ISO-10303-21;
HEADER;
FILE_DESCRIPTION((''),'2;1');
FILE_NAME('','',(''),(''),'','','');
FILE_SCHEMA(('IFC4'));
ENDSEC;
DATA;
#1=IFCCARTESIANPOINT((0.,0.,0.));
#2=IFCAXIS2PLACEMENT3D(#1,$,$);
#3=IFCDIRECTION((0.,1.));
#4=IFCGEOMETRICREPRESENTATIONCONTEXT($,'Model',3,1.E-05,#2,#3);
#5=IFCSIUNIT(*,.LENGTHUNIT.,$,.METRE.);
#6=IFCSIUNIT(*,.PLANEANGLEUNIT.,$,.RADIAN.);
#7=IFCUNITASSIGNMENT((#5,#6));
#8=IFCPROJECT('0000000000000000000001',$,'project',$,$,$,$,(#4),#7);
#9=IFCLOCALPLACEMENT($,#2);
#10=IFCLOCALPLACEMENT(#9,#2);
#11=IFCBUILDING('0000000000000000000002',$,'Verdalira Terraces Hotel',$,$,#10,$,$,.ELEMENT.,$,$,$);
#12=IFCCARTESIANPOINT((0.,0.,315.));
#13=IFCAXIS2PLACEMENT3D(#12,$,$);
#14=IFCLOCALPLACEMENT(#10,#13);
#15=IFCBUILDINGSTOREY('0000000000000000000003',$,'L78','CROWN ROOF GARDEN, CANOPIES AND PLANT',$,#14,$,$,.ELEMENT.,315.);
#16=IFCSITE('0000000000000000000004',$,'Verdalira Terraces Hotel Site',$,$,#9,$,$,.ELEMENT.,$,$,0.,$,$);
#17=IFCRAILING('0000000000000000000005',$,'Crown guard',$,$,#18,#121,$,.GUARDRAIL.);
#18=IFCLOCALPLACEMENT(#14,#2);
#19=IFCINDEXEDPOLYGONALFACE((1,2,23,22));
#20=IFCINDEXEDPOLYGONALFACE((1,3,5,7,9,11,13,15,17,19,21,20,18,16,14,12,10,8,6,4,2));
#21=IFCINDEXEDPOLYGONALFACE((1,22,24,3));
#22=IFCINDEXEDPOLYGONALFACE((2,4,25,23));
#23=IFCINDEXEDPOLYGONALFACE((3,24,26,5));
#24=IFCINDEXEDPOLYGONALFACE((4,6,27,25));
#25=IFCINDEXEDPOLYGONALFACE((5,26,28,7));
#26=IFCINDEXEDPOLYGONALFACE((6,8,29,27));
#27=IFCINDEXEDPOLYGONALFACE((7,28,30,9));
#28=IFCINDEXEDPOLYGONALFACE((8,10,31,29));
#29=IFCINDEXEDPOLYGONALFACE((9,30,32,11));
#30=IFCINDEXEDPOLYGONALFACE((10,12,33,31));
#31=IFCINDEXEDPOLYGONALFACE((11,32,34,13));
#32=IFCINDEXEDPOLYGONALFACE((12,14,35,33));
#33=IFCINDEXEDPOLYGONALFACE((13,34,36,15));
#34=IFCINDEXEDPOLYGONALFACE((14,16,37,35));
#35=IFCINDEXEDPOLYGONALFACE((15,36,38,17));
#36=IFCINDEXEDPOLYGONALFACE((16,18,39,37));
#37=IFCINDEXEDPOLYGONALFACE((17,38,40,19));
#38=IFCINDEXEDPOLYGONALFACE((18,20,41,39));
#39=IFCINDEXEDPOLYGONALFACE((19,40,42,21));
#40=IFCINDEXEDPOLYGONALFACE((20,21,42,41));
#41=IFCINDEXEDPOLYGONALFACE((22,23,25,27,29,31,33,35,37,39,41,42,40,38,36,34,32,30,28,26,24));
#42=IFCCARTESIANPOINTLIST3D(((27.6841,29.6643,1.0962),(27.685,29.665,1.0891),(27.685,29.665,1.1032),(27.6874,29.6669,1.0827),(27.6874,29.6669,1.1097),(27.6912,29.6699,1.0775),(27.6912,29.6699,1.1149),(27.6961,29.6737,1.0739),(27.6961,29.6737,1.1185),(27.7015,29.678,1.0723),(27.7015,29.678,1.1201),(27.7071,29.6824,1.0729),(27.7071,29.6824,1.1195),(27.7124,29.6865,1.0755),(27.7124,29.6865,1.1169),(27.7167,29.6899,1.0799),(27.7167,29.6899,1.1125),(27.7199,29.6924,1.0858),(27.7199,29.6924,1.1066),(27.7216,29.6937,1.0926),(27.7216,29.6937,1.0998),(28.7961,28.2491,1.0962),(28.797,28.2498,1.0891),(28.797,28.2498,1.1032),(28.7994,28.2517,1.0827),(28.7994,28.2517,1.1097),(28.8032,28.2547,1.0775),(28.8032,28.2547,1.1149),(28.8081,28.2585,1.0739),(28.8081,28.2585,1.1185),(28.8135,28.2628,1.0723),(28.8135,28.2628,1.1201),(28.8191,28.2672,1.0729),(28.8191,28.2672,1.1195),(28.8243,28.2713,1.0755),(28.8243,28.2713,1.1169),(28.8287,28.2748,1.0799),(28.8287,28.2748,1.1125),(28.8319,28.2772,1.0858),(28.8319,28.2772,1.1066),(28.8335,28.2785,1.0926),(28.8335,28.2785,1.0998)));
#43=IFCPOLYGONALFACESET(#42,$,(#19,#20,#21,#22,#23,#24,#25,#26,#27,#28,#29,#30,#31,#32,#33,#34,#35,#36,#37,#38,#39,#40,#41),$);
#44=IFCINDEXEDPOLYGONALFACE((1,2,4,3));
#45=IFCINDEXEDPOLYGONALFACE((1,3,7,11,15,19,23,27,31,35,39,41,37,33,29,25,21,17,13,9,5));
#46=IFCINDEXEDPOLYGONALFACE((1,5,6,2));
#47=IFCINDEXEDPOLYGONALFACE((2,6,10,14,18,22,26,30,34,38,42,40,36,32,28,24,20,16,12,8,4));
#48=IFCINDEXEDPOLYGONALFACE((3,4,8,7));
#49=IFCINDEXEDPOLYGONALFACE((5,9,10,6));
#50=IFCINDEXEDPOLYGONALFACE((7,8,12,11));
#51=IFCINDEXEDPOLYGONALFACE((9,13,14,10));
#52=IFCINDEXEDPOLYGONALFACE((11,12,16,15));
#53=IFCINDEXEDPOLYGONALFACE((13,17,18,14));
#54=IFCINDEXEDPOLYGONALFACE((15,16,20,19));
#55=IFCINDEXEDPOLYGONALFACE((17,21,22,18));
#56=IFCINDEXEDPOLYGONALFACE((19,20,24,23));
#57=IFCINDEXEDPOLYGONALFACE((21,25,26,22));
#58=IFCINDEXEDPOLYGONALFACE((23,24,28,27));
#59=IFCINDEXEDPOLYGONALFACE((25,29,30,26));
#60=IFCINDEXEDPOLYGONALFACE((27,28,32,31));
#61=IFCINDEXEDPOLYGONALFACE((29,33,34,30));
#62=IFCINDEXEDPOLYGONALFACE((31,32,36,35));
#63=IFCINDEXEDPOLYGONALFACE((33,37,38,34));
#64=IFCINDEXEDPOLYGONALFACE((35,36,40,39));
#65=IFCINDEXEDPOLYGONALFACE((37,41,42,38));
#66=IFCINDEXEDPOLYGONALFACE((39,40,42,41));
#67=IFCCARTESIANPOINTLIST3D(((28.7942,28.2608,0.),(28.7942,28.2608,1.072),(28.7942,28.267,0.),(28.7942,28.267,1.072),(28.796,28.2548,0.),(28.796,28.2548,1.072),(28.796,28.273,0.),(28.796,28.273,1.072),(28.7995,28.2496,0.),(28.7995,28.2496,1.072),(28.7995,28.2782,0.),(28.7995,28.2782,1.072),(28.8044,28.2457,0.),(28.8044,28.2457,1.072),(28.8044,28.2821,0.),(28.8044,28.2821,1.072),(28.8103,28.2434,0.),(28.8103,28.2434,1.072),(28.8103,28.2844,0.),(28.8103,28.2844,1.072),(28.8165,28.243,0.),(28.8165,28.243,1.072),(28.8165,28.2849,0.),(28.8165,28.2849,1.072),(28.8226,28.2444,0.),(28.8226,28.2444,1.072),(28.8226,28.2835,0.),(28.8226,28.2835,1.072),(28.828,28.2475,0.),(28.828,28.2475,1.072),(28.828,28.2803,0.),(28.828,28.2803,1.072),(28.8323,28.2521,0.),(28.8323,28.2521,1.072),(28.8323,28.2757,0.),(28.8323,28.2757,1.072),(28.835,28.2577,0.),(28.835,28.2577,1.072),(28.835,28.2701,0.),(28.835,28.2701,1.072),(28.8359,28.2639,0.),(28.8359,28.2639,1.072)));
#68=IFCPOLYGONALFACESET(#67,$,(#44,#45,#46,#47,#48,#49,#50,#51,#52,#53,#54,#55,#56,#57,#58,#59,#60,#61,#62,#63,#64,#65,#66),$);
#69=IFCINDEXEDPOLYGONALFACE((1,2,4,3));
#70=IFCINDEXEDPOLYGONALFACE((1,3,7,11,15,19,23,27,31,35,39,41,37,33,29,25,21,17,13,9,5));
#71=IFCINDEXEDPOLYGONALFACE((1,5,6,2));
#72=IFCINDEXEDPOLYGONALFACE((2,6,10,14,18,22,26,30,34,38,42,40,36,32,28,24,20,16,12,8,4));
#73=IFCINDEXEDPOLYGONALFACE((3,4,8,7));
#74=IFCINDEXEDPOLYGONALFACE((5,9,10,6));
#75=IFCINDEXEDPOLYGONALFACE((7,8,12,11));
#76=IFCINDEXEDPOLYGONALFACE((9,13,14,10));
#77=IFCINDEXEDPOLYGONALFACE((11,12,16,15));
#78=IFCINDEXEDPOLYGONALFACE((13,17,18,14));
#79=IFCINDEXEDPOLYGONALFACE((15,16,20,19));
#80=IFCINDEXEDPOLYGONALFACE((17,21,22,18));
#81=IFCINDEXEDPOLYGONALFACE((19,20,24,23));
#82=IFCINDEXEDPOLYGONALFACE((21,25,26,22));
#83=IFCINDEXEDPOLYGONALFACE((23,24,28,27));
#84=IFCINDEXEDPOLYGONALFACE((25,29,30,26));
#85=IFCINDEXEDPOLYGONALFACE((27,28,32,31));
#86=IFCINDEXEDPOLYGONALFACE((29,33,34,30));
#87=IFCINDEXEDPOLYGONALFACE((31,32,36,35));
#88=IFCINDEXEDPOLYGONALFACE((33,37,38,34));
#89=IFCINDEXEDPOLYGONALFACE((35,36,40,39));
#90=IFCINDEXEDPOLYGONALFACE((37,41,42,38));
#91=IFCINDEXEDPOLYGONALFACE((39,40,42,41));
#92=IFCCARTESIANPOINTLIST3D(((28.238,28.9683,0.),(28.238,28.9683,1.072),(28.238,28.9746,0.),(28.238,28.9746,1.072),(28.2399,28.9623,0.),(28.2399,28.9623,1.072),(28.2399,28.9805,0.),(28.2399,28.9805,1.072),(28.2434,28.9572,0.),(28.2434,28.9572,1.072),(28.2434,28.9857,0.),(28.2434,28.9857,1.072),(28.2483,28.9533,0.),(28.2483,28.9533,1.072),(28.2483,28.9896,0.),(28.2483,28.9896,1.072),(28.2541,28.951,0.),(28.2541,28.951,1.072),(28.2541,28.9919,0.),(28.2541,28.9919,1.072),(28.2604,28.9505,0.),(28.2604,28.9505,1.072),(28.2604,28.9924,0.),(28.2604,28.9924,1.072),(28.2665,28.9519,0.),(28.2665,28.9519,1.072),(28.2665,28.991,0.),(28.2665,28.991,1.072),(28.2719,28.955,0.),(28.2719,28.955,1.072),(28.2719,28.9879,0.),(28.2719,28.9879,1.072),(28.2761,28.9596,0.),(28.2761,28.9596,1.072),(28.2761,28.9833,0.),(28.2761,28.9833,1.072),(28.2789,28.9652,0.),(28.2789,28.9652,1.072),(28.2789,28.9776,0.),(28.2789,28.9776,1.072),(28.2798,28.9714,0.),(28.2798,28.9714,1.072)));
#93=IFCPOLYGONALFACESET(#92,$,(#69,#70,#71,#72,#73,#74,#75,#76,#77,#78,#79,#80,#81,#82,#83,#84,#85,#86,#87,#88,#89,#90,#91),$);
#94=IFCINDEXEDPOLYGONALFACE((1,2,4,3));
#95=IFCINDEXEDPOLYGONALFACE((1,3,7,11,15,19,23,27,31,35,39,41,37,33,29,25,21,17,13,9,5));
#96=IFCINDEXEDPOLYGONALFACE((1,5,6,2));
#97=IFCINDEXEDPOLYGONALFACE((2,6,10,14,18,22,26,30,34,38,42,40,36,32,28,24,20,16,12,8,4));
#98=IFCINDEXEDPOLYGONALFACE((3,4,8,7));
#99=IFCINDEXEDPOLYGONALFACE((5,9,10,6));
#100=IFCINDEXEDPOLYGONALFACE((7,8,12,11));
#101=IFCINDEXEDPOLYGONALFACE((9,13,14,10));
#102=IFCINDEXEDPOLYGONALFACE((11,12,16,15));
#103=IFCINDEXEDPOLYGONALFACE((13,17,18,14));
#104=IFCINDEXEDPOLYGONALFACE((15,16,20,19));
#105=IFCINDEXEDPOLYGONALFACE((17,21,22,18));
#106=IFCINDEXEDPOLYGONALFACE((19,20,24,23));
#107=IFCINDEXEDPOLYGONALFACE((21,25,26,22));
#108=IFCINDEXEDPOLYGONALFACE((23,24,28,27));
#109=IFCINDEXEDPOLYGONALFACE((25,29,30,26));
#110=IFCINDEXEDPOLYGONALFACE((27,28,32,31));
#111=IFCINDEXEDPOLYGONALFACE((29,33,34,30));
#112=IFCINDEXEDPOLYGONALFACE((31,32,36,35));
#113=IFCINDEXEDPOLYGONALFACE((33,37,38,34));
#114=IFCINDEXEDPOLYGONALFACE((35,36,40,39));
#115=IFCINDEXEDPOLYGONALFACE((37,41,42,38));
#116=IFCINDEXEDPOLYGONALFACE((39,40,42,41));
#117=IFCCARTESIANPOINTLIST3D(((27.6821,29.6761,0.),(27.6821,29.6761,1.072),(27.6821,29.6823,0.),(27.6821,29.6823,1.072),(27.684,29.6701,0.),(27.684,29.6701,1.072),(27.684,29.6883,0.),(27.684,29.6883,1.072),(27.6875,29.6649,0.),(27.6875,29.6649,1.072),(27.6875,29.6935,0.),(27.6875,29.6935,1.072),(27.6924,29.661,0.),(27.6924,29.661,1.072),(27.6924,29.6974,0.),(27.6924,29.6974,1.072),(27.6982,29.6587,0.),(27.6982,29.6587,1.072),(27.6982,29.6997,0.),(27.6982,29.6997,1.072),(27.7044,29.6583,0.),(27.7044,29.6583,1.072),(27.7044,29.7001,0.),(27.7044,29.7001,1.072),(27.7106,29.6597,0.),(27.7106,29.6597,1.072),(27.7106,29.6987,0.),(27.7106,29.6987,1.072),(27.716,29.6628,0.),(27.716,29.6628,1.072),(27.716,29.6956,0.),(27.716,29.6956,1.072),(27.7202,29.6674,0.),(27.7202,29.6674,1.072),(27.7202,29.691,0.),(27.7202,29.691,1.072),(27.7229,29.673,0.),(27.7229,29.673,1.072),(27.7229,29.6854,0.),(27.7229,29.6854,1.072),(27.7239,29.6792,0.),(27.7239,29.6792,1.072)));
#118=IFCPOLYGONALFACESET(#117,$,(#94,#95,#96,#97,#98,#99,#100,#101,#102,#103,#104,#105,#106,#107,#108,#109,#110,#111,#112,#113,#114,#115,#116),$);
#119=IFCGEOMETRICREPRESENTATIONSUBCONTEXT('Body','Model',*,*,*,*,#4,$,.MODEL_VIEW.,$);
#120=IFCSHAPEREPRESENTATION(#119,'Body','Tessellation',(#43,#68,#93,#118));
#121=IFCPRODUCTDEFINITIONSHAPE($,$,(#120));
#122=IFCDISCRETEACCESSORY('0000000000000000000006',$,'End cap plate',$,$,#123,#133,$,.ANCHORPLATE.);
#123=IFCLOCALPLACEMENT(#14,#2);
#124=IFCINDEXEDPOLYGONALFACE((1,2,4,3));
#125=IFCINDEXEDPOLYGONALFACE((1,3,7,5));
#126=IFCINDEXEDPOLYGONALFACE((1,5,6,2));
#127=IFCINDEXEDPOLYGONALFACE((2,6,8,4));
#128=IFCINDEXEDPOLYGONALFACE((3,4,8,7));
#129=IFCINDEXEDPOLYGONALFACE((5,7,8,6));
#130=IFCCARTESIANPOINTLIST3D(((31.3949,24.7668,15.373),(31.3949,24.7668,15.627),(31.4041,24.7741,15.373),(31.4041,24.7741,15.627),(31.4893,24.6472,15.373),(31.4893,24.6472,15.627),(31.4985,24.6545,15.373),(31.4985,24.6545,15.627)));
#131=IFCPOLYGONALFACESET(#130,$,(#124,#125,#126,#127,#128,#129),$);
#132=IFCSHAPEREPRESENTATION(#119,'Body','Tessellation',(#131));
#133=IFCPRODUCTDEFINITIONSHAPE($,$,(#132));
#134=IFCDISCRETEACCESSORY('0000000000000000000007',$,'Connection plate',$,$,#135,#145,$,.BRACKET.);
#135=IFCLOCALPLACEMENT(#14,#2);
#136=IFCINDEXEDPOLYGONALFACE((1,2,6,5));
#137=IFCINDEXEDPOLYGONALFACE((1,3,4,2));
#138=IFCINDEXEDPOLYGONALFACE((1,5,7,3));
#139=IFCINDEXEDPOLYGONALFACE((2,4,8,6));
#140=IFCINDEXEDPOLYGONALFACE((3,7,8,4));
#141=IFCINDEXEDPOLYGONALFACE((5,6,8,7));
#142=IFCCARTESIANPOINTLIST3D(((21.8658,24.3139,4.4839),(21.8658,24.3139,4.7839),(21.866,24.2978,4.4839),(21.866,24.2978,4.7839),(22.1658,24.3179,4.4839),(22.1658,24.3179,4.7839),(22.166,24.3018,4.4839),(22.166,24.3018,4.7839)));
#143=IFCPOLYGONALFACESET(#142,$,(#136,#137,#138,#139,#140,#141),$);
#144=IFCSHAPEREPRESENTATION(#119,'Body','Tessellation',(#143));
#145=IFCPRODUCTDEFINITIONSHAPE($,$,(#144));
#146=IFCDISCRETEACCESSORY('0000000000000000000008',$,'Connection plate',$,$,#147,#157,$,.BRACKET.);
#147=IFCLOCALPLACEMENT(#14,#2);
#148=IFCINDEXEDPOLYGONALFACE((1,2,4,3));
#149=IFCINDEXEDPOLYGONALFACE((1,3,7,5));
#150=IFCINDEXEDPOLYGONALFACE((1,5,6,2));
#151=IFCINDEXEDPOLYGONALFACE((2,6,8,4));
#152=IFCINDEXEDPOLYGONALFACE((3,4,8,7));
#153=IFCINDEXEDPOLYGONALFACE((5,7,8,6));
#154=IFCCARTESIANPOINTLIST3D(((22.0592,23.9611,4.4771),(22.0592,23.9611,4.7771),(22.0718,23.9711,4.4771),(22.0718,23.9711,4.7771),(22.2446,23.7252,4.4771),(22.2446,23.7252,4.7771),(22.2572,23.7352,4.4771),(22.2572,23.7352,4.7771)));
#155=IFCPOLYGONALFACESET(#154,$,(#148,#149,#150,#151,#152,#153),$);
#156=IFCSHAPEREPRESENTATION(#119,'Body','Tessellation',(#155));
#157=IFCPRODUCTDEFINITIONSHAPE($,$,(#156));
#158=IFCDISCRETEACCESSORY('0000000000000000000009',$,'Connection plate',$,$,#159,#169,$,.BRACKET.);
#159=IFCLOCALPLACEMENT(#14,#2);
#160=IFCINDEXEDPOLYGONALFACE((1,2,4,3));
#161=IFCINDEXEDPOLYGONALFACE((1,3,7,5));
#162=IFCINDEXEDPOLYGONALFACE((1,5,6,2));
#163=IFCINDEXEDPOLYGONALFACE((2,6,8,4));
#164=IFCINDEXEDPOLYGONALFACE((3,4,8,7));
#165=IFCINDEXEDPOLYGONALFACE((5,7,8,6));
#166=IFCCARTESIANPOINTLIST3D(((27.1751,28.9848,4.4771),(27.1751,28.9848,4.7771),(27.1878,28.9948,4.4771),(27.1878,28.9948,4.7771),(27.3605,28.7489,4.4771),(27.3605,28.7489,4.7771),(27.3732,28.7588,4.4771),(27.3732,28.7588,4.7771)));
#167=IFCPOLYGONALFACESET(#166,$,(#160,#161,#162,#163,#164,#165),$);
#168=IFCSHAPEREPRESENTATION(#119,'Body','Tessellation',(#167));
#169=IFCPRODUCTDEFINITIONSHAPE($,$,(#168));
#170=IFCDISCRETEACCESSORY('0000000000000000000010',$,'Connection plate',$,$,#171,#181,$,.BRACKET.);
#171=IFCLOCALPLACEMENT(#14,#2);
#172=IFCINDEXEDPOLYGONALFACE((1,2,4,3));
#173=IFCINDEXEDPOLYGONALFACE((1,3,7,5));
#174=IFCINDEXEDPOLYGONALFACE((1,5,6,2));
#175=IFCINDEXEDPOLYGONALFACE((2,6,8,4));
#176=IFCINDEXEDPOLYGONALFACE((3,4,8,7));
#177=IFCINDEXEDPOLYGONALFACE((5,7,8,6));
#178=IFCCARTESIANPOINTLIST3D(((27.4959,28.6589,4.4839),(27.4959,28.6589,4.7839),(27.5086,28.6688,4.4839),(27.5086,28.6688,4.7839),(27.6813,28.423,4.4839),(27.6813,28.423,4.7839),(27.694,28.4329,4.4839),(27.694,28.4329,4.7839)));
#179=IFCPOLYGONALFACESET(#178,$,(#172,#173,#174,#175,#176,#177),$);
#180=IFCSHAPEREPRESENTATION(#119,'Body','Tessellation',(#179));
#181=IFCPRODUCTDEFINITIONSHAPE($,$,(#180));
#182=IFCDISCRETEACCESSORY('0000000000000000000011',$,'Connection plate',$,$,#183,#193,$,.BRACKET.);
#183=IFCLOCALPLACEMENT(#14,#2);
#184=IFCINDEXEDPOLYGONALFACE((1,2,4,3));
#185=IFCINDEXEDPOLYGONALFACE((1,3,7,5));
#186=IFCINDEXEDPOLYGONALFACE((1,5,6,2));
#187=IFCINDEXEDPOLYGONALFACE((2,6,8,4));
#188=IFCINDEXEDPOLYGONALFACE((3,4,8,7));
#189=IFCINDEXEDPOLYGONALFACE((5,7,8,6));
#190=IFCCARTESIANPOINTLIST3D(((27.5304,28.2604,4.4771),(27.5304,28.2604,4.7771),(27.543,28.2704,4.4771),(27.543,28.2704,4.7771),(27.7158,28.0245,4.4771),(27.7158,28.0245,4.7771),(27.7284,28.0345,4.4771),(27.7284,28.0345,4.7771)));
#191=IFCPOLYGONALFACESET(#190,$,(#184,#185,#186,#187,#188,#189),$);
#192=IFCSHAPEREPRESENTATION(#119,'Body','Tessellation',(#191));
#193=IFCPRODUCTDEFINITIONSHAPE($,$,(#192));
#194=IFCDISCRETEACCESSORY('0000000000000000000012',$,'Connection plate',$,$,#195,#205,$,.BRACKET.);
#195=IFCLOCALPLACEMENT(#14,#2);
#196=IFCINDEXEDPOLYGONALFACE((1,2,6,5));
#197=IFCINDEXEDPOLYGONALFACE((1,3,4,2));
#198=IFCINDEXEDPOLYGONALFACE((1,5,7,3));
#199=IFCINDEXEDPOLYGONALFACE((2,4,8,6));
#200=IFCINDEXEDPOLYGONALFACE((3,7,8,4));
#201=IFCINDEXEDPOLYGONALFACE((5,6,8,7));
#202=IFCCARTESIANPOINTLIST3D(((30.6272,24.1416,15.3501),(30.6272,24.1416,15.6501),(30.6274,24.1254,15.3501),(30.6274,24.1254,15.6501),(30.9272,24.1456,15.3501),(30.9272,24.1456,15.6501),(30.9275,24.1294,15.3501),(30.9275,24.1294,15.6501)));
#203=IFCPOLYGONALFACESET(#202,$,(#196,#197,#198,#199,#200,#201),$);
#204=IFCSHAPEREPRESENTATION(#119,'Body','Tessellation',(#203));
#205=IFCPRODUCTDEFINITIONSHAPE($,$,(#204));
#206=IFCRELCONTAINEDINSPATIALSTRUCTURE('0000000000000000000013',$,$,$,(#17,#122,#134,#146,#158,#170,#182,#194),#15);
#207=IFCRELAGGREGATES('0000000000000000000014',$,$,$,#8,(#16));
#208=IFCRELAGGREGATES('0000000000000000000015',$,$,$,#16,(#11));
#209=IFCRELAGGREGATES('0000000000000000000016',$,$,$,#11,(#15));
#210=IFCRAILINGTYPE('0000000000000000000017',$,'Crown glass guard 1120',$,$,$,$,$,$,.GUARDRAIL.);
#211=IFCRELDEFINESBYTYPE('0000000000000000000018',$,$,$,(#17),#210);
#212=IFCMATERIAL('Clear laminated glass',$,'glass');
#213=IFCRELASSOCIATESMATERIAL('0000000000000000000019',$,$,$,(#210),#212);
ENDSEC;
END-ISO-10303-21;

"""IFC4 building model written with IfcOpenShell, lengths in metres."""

from ifc_helpers import new_model, si_unit, direction, frame, origin, origin_2d, place, context, subcontext, project, spatial, rectangle, circle, extrude, material, type_object, element, save


model = new_model("IFC4")

# Units and contexts
model_context = context("Model", 3, precision=1e-05, world=origin(), true_north=direction((0.0, 1.0)))
body_context = subcontext(model_context, "Body", "Model", "MODEL_VIEW")
ifc_project = project(units=[si_unit("LENGTHUNIT", "METRE"), si_unit("PLANEANGLEUNIT", "RADIAN")], contexts=[model_context])

# Site, building, storey
site_placement = place(None, origin())
site = spatial("IfcSite", under=ifc_project, at=site_placement, Name="Verdalira Terraces Hotel Site", CompositionType="ELEMENT", RefElevation=0.0)
building_placement = place(site_placement, origin())
building = spatial("IfcBuilding", under=site, at=building_placement, Name="Verdalira Terraces Hotel", CompositionType="ELEMENT")
storey_placement = place(building_placement, frame((0.0, 0.0, 315.0)))
storey = spatial("IfcBuildingStorey", under=building, at=storey_placement, Name="L78", Description="CROWN ROOF GARDEN, CANOPIES AND PLANT", CompositionType="ELEMENT", Elevation=315.0)

# Railing
ifc_material_1 = material(Name="Clear laminated glass", Category="glass")
railing_type = type_object("IfcRailingType", Name="Crown glass guard 1120", PredefinedType="GUARDRAIL", material=ifc_material_1)
railing_1_placement = place(storey_placement, frame((28.8149, 28.2639, 0.0)))
element("IfcRailing", 1, at=railing_1_placement, inside=storey, type_object=railing_type, Name="Crown guard", PredefinedType="GUARDRAIL", context=body_context, shape_type="SweptSolid", body=[
    extrude(circle(Radius=0.0239, at=origin_2d()), frame((0.0, 0.0, 1.0962), z_axis=(-0.61784, 0.786304, 0.0), x_axis=(-0.786304, -0.61784, 0.0)), (0.0, 0.0, 1.0), 1.7998),
    extrude(circle(Radius=0.021, at=origin_2d()), origin(), (0.0, 0.0, 1.0), 1.072),
    extrude(circle(Radius=0.021, at=origin_2d()), frame((-0.5562, 0.7075, 0.0)), (0.0, 0.0, 1.0), 1.072),
    extrude(circle(Radius=0.021, at=origin_2d()), frame((-1.1121, 1.4153, 0.0)), (0.0, 0.0, 1.0), 1.072),
])

# Discrete accessories
discrete_accessory_placement = place(storey_placement, frame((31.4421, 24.707, 15.5), z_axis=(0.784883, 0.619644, 0.0), x_axis=(-0.619644, 0.784883, 0.0)))
element("IfcDiscreteAccessory", 2, at=discrete_accessory_placement, inside=storey, Name="End cap plate", PredefinedType="ANCHORPLATE", context=body_context, shape_type="SweptSolid", body=[
    extrude(rectangle(XDim=0.1523, YDim=0.2539, at=origin_2d()), origin(), (0.0, 0.0, 1.0), 0.0117),
])
for number, where, z_axis, x_axis, name in (
    (3, (22.0159, 24.3079, 4.4839), (0.0, 0.0, 1.0), (0.999911, 0.01333, 0.0), "Connection plate"),
    (4, (22.1582, 23.8481, 4.4771), (0.0, 0.0, 1.0), (-0.61786, 0.786288, 0.0), "Connection plate"),
    (5, (27.2742, 28.8718, 4.4771), (0.0, 0.0, 1.0), (0.61786, -0.786288, 0.0), "Connection plate"),
    (6, (27.595, 28.5459, 4.4839), (0.0, 0.0, 1.0), (0.61786, -0.786288, 0.0), "Connection plate"),
    (7, (27.6294, 28.1475, 4.4771), (0.0, 0.0, 1.0), (-0.61786, 0.786288, 0.0), "Connection plate"),
    (8, (30.7773, 24.1355, 15.3501), (0.0, 0.0, 1.0), (-0.999911, -0.01333, 0.0), "Connection plate"),
):
    element("IfcDiscreteAccessory", number, at=place(storey_placement, frame(where, z_axis=z_axis, x_axis=x_axis)), inside=storey, Name=name, PredefinedType="BRACKET", context=body_context, shape_type="SweptSolid", body=[
        extrude(rectangle(XDim=0.3, YDim=0.0161, at=origin_2d()), origin(), (0.0, 0.0, 1.0), 0.3),
    ])

save(model, "model.ifc")
